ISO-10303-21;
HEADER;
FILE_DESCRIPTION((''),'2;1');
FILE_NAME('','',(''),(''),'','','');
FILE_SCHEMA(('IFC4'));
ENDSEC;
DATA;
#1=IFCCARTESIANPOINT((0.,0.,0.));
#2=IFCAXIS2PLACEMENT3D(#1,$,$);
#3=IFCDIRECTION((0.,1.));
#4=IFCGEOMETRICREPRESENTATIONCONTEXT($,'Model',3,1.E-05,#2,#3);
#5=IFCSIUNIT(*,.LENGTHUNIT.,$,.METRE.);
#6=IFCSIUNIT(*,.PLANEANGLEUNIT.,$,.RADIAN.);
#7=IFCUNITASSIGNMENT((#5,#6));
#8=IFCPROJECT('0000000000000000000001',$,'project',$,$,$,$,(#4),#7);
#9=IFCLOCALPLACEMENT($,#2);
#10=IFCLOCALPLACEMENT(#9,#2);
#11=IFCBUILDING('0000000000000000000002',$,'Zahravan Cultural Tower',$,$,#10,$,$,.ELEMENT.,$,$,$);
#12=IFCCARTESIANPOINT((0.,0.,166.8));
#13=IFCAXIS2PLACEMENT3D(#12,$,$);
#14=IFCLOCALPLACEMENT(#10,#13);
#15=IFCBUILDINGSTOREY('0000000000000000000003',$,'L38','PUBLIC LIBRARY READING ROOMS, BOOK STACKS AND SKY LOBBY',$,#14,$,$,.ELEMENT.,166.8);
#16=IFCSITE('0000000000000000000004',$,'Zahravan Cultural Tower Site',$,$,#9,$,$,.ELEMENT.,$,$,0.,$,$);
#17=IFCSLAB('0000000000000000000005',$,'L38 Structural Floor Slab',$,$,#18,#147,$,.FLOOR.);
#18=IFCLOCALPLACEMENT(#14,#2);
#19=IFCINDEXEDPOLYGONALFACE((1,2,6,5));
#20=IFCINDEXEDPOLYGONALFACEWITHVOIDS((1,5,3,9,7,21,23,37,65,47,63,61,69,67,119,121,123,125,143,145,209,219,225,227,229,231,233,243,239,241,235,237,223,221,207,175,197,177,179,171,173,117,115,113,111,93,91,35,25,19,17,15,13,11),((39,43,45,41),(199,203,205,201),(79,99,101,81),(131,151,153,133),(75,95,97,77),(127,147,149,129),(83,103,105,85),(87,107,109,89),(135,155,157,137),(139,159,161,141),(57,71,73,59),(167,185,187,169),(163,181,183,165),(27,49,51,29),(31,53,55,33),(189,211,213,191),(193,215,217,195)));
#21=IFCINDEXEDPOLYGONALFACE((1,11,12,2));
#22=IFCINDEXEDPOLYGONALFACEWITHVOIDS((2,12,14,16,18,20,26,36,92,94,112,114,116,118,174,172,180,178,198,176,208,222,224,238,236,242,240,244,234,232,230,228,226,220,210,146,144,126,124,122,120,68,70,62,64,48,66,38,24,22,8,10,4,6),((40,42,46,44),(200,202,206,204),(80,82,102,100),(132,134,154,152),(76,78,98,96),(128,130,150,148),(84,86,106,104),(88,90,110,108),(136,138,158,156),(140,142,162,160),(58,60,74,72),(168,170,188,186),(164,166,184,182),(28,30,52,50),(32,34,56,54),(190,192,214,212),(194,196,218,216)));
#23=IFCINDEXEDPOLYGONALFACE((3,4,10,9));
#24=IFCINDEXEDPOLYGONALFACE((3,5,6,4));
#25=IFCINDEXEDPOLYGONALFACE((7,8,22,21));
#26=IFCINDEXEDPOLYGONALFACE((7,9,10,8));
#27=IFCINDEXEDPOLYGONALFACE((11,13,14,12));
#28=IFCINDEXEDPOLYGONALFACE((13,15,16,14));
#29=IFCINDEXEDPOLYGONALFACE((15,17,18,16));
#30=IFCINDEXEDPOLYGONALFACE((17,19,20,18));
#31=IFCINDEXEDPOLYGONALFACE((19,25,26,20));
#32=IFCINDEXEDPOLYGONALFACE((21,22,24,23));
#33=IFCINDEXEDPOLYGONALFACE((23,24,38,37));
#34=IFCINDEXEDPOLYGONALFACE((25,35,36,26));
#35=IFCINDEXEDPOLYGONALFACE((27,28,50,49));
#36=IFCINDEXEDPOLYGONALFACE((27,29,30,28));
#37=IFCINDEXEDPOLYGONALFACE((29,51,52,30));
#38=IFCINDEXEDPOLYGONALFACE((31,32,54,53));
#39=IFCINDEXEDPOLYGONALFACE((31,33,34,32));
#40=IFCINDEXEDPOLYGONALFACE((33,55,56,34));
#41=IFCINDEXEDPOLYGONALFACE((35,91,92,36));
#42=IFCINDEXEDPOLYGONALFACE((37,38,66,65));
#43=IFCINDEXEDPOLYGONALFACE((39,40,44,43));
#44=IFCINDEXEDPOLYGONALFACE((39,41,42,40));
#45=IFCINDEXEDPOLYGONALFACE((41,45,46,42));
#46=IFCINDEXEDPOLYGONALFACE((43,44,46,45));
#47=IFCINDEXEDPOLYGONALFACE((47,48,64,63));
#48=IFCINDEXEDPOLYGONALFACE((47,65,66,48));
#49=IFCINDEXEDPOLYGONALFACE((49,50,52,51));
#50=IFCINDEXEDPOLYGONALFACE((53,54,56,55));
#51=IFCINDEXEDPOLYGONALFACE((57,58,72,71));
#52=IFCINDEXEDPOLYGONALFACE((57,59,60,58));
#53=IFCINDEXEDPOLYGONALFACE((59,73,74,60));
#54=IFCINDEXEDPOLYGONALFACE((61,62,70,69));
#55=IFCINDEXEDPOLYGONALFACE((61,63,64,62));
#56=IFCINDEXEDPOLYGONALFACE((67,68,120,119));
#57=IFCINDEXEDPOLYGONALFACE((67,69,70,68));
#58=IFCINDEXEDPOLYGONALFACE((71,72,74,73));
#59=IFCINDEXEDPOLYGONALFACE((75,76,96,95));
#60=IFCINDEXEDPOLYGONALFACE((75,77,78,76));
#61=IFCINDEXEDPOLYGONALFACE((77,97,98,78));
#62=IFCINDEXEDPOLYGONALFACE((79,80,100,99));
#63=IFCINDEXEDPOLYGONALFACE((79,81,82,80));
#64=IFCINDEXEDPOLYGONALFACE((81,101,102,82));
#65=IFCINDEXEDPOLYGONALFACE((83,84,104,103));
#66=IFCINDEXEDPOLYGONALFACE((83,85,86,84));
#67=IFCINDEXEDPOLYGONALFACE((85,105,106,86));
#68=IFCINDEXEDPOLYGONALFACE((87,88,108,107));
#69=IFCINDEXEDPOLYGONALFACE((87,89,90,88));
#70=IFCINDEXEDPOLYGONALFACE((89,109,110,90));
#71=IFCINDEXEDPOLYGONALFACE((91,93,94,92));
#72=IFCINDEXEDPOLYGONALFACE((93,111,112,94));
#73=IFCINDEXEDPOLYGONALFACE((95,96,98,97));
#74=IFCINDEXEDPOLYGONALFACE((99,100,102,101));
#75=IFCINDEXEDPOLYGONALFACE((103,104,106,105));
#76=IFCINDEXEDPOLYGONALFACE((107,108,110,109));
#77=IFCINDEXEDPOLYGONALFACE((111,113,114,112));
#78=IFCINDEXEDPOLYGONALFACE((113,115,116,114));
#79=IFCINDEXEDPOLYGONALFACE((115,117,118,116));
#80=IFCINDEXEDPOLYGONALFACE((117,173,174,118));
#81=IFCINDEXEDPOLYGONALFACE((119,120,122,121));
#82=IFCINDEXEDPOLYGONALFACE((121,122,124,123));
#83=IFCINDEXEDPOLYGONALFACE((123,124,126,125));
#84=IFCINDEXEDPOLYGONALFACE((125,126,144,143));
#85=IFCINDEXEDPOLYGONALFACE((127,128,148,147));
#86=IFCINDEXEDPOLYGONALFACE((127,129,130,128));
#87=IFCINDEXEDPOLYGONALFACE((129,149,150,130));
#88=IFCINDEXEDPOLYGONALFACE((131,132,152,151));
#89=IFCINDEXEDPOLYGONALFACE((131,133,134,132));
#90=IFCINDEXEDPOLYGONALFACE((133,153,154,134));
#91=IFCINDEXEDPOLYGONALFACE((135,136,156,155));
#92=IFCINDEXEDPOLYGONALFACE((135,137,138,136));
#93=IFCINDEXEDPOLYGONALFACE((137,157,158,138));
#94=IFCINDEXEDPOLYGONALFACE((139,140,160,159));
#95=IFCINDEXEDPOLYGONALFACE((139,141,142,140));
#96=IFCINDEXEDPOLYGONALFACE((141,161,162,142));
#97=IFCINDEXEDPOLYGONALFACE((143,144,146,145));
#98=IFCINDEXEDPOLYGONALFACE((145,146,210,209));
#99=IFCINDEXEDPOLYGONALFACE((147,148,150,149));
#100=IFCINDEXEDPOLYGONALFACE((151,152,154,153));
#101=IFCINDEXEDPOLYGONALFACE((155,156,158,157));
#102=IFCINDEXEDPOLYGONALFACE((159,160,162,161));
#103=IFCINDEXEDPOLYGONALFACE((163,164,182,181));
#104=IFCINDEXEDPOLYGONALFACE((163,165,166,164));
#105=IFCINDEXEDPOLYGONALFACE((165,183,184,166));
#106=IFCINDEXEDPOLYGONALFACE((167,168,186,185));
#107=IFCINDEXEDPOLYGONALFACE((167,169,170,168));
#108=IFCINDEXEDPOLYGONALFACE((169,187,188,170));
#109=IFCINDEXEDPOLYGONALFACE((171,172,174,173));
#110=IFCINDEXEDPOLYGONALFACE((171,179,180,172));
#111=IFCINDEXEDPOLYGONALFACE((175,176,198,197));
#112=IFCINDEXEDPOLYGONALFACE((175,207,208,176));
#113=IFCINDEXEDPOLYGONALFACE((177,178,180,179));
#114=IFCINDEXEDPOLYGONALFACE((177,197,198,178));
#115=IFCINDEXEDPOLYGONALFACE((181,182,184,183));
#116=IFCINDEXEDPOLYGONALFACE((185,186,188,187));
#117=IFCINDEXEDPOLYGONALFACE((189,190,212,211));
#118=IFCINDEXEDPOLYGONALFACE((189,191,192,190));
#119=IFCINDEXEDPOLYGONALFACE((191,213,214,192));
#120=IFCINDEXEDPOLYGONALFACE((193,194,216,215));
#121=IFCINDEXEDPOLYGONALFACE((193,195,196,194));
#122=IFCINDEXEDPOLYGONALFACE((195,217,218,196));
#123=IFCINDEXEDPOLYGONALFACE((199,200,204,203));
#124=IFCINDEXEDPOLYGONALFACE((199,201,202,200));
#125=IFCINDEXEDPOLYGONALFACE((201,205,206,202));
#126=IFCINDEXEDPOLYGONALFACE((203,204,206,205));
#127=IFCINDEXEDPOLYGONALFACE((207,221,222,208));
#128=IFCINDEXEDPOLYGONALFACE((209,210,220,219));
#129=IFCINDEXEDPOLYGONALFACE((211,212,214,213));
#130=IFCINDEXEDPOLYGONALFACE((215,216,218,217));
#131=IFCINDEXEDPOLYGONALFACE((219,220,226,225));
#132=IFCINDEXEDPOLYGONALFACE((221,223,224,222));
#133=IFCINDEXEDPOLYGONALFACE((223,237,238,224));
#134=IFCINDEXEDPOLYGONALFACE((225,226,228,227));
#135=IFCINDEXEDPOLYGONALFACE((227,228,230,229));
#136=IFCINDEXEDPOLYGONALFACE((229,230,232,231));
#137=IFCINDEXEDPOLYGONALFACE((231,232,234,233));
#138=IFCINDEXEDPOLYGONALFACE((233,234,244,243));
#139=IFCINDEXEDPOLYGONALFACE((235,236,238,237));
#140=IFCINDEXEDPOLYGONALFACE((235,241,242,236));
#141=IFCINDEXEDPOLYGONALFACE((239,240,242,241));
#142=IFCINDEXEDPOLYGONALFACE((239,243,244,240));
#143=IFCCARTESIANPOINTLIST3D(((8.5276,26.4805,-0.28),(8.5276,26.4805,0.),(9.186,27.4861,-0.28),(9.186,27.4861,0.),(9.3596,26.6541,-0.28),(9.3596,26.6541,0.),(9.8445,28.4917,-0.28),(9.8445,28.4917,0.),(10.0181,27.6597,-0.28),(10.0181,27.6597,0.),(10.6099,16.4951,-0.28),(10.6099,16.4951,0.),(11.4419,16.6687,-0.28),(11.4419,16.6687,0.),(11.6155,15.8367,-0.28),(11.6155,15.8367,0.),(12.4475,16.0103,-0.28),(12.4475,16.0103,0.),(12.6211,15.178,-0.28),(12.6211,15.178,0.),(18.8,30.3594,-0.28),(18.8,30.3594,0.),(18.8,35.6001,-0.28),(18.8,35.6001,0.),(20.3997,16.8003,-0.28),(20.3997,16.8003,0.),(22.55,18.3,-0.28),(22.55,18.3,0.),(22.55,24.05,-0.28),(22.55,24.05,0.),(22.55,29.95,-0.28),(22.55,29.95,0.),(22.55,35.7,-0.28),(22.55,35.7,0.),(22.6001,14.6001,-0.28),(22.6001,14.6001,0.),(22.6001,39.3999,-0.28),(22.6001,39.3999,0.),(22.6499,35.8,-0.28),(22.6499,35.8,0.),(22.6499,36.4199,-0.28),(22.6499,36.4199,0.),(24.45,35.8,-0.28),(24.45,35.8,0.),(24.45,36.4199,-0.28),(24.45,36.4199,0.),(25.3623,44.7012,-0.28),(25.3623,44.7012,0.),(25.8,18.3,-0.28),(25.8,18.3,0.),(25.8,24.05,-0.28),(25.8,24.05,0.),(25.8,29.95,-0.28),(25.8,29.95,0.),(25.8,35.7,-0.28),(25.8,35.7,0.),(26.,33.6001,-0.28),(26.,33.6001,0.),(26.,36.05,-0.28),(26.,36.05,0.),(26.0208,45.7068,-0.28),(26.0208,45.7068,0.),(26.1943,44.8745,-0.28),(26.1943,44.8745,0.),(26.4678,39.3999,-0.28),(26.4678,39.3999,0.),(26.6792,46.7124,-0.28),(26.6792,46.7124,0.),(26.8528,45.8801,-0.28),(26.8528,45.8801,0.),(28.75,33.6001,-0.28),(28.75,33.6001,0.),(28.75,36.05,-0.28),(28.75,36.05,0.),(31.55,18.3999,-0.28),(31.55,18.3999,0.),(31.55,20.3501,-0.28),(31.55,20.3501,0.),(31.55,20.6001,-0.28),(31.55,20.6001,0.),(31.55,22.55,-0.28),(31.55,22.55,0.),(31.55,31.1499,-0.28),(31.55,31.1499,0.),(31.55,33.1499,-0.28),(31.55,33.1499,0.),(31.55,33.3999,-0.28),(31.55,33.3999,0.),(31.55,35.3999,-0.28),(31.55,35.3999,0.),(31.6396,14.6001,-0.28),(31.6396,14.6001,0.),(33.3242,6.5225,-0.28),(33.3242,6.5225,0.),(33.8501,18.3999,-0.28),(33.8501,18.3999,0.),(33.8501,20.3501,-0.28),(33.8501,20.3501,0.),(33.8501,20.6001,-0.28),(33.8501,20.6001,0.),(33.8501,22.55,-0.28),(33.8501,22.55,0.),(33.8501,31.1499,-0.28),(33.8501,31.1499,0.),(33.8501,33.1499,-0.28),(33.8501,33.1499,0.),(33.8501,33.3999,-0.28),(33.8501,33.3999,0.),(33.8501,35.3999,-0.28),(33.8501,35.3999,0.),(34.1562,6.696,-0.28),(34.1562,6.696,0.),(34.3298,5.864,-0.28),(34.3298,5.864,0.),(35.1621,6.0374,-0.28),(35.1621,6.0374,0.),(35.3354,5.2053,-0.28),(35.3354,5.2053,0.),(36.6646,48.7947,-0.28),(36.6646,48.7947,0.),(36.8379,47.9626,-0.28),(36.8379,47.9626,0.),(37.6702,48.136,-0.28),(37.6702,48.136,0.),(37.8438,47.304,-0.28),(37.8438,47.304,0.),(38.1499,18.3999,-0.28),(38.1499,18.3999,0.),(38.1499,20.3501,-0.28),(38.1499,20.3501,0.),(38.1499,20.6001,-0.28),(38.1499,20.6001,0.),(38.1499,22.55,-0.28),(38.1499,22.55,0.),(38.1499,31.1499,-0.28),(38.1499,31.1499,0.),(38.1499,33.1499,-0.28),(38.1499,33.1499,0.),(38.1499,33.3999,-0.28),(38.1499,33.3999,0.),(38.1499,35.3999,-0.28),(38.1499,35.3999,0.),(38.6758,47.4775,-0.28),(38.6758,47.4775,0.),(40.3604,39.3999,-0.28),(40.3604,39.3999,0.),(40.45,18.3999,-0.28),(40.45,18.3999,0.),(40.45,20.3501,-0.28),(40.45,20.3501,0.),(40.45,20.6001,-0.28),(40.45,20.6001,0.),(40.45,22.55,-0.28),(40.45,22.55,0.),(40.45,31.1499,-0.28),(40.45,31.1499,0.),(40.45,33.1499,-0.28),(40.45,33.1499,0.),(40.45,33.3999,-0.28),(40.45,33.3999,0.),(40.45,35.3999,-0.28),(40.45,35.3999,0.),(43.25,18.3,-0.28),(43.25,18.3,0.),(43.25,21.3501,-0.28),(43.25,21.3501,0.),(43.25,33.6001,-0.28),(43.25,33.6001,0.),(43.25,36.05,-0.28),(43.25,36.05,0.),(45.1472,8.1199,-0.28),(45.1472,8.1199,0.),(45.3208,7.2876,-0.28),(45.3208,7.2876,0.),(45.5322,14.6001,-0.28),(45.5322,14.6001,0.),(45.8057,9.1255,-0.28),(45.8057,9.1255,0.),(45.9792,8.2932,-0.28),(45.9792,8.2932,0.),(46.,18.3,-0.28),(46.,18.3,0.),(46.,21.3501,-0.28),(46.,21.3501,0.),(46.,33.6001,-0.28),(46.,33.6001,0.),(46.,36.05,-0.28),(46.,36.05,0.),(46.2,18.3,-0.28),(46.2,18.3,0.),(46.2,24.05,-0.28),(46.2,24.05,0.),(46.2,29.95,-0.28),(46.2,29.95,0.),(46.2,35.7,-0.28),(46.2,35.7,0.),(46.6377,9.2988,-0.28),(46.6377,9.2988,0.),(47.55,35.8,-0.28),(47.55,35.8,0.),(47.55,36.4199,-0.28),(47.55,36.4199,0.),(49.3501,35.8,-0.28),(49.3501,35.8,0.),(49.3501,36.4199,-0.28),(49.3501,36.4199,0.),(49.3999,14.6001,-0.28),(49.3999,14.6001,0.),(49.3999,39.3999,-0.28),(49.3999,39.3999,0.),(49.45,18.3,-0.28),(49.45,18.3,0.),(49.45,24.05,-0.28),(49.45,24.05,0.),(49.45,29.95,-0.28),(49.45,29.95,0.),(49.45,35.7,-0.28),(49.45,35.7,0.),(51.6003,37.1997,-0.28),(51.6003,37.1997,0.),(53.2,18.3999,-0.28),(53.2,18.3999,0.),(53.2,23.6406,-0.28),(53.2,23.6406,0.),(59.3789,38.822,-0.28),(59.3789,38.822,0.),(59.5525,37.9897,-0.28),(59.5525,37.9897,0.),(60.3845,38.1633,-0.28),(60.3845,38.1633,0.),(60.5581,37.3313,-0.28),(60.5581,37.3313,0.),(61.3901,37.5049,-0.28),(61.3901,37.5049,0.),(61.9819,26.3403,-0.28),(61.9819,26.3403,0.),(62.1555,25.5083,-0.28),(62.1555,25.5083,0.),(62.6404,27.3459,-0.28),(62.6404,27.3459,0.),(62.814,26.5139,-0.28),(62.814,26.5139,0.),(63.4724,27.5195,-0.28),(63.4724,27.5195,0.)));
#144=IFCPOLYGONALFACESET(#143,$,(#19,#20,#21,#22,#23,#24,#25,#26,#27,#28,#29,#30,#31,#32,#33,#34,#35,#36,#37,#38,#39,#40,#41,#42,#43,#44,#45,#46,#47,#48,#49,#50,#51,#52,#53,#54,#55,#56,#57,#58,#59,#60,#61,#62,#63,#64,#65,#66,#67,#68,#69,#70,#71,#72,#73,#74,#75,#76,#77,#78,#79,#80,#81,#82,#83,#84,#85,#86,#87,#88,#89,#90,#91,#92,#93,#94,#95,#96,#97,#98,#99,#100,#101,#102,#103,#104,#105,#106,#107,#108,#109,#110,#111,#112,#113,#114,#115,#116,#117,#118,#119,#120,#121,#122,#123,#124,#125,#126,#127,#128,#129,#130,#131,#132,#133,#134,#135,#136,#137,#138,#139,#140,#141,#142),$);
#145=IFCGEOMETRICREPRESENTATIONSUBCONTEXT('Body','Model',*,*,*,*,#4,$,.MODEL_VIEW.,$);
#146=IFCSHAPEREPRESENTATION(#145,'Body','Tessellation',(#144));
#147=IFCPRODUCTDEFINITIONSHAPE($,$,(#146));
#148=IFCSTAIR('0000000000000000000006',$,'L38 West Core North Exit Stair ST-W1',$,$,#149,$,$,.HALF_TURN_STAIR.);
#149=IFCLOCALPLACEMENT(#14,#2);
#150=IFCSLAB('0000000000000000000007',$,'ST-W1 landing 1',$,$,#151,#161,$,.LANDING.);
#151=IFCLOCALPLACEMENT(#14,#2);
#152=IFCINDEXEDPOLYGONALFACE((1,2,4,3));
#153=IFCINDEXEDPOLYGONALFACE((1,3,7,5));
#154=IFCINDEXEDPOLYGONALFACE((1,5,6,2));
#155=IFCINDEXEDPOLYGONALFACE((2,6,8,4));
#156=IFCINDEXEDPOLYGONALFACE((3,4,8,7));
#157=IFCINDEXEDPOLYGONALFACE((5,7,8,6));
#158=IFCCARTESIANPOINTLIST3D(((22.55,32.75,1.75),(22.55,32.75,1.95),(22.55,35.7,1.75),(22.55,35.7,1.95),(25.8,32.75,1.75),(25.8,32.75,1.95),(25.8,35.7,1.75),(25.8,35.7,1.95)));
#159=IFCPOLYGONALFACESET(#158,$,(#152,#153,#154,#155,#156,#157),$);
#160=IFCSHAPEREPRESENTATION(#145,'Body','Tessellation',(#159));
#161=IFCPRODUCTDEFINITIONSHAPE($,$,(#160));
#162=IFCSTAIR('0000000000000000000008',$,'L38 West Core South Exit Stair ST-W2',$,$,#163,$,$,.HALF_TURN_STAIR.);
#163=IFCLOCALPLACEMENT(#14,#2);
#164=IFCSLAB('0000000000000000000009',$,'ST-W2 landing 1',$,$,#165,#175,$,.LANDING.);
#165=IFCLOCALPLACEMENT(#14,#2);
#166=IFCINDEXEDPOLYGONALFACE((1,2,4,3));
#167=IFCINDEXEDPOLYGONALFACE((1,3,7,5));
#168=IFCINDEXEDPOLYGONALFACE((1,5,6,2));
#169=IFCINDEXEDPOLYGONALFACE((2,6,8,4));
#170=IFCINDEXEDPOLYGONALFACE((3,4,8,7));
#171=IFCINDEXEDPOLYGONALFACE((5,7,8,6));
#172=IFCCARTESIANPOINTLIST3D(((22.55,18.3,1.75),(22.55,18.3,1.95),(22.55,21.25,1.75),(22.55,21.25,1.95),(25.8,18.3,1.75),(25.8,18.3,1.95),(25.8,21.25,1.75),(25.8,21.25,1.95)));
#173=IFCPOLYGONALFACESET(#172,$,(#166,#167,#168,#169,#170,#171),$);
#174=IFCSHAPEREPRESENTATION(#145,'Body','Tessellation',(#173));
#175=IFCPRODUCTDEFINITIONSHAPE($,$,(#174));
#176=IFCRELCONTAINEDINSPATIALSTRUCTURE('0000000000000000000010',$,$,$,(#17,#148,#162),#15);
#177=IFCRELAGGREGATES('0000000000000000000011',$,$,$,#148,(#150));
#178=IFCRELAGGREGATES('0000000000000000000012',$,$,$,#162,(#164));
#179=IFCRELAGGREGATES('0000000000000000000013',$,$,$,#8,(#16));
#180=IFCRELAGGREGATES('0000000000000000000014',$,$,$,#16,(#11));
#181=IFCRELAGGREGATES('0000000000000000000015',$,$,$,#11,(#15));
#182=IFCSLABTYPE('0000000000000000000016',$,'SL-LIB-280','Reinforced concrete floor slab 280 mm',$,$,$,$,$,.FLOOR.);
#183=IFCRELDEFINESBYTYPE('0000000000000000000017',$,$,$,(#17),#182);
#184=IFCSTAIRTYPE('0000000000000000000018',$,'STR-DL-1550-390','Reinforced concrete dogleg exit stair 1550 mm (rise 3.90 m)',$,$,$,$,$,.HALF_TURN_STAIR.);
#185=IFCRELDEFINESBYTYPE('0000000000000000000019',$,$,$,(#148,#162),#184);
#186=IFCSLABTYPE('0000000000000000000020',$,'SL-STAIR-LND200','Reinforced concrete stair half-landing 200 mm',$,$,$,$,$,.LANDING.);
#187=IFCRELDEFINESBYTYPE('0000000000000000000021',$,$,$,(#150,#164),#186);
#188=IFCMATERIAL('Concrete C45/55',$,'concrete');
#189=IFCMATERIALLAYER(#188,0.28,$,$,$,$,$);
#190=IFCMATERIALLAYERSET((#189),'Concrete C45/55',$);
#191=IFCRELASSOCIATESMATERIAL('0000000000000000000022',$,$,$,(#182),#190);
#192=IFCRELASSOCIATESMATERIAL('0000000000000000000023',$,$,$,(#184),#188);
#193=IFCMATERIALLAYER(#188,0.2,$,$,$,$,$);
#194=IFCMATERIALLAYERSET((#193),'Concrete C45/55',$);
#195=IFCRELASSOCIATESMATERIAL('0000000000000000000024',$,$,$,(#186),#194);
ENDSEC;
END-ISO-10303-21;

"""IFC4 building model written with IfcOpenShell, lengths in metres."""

from ifc_helpers import new_model, si_unit, direction, frame, origin, place, context, subcontext, project, spatial, polyline, outline, extrude, material, layer, layer_set, type_object, element, aggregate, save


model = new_model("IFC4")

# Units and contexts
model_context = context("Model", 3, precision=1e-05, world=origin(), true_north=direction((0.0, 1.0)))
body_context = subcontext(model_context, "Body", "Model", "MODEL_VIEW")
ifc_project = project(units=[si_unit("LENGTHUNIT", "METRE"), si_unit("PLANEANGLEUNIT", "RADIAN")], contexts=[model_context])

# Site, building, storey
site_placement = place(None, origin())
site = spatial("IfcSite", under=ifc_project, at=site_placement, Name="Zahravan Cultural Tower Site", CompositionType="ELEMENT", RefElevation=0.0)
building_placement = place(site_placement, origin())
building = spatial("IfcBuilding", under=site, at=building_placement, Name="Zahravan Cultural Tower", CompositionType="ELEMENT")
storey_placement = place(building_placement, frame((0.0, 0.0, 166.8)))
storey = spatial("IfcBuildingStorey", under=building, at=storey_placement, Name="L38", Description="PUBLIC LIBRARY READING ROOMS, BOOK STACKS AND SKY LOBBY", CompositionType="ELEMENT", Elevation=166.8)

# Slab
ifc_material_1 = material(Name="Concrete C45/55", Category="concrete")
ifc_layer_1 = layer(ifc_material_1, 0.28)
ifc_layer_set_1 = layer_set([ifc_layer_1], Name="Concrete C45/55")
slab_type_1 = type_object("IfcSlabType", Name="SL-LIB-280", Description="Reinforced concrete floor slab 280 mm", PredefinedType="FLOOR", material=ifc_layer_set_1)
slab_1_placement = place(storey_placement, frame((0.0, 0.0, -0.28)))
element("IfcSlab", 1, at=slab_1_placement, inside=storey, type_object=slab_type_1, Name="L38 Structural Floor Slab", PredefinedType="FLOOR", context=body_context, shape_type="SweptSolid", body=[
    extrude(outline(polyline([(51.6003, 37.1997), (49.3999, 39.3999), (40.3604, 39.3999), (38.6758, 47.4775), (37.8438, 47.304), (37.6702, 48.136), (36.8379, 47.9626), (36.6646, 48.7947), (26.6792, 46.7124), (26.8528, 45.8801), (26.0208, 45.7068), (26.1943, 44.8745), (25.3623, 44.7012), (26.4678, 39.3999), (22.6001, 39.3999), (18.8, 35.6001), (18.8, 30.3594), (9.8445, 28.4917), (10.0181, 27.6597), (9.186, 27.4861), (9.3596, 26.6541), (8.5276, 26.4805), (10.6099, 16.4951), (11.4419, 16.6687), (11.6155, 15.8367), (12.4475, 16.0103), (12.6211, 15.178), (20.3997, 16.8003), (22.6001, 14.6001), (31.6396, 14.6001), (33.3242, 6.5225), (34.1562, 6.696), (34.3298, 5.864), (35.1621, 6.0374), (35.3354, 5.2053), (45.3208, 7.2876), (45.1472, 8.1199), (45.9792, 8.2932), (45.8057, 9.1255), (46.6377, 9.2988), (45.5322, 14.6001), (49.3999, 14.6001), (53.2, 18.3999), (53.2, 23.6406), (62.1555, 25.5083), (61.9819, 26.3403), (62.814, 26.5139), (62.6404, 27.3459), (63.4724, 27.5195), (61.3901, 37.5049), (60.5581, 37.3313), (60.3845, 38.1633), (59.5525, 37.9897), (59.3789, 38.822), (51.6003, 37.1997)]), holes=[polyline([(22.55, 29.95), (22.55, 35.7), (25.8, 35.7), (25.8, 29.95), (22.55, 29.95)]), polyline([(22.55, 18.3), (22.55, 24.05), (25.8, 24.05), (25.8, 18.3), (22.55, 18.3)]), polyline([(46.2, 29.95), (46.2, 35.7), (49.45, 35.7), (49.45, 29.95), (46.2, 29.95)]), polyline([(46.2, 18.3), (46.2, 24.05), (49.45, 24.05), (49.45, 18.3), (46.2, 18.3)]), polyline([(26.0, 33.6001), (26.0, 36.05), (28.75, 36.05), (28.75, 33.6001), (26.0, 33.6001)]), polyline([(43.25, 33.6001), (43.25, 36.05), (46.0, 36.05), (46.0, 33.6001), (43.25, 33.6001)]), polyline([(43.25, 18.3), (43.25, 21.3501), (46.0, 21.3501), (46.0, 18.3), (43.25, 18.3)]), polyline([(31.55, 33.3999), (31.55, 35.3999), (33.8501, 35.3999), (33.8501, 33.3999), (31.55, 33.3999)]), polyline([(31.55, 31.1499), (31.55, 33.1499), (33.8501, 33.1499), (33.8501, 31.1499), (31.55, 31.1499)]), polyline([(38.1499, 33.3999), (38.1499, 35.3999), (40.45, 35.3999), (40.45, 33.3999), (38.1499, 33.3999)]), polyline([(38.1499, 31.1499), (38.1499, 33.1499), (40.45, 33.1499), (40.45, 31.1499), (38.1499, 31.1499)]), polyline([(31.55, 20.6001), (31.55, 22.55), (33.8501, 22.55), (33.8501, 20.6001), (31.55, 20.6001)]), polyline([(31.55, 18.3999), (31.55, 20.3501), (33.8501, 20.3501), (33.8501, 18.3999), (31.55, 18.3999)]), polyline([(38.1499, 20.6001), (38.1499, 22.55), (40.45, 22.55), (40.45, 20.6001), (38.1499, 20.6001)]), polyline([(38.1499, 18.3999), (38.1499, 20.3501), (40.45, 20.3501), (40.45, 18.3999), (38.1499, 18.3999)]), polyline([(22.6499, 35.8), (22.6499, 36.4199), (24.45, 36.4199), (24.45, 35.8), (22.6499, 35.8)]), polyline([(47.55, 35.8), (47.55, 36.4199), (49.3501, 36.4199), (49.3501, 35.8), (47.55, 35.8)])]), origin(), (0.0, 0.0, 1.0), 0.28),
])

# Stairs, slabs
stair_type = type_object("IfcStairType", Name="STR-DL-1550-390", Description="Reinforced concrete dogleg exit stair 1550 mm (rise 3.90 m)", PredefinedType="HALF_TURN_STAIR", material=ifc_material_1)
stair_1_placement = place(storey_placement, origin())
stair_1 = element("IfcStair", 2, at=stair_1_placement, inside=storey, type_object=stair_type, Name="L38 West Core North Exit Stair ST-W1", PredefinedType="HALF_TURN_STAIR")
ifc_layer_2 = layer(ifc_material_1, 0.2)
ifc_layer_set_2 = layer_set([ifc_layer_2], Name="Concrete C45/55")
slab_type_2 = type_object("IfcSlabType", Name="SL-STAIR-LND200", Description="Reinforced concrete stair half-landing 200 mm", PredefinedType="LANDING", material=ifc_layer_set_2)
slab_2_placement = place(storey_placement, frame((0.0, 0.0, 1.75)))
slab_2 = element("IfcSlab", 3, at=slab_2_placement, type_object=slab_type_2, Name="ST-W1 landing 1", PredefinedType="LANDING", context=body_context, shape_type="SweptSolid", body=[
    extrude(outline(polyline([(25.8, 32.75), (25.8, 35.7), (22.55, 35.7), (22.55, 32.75), (25.8, 32.75)])), origin(), (0.0, 0.0, 1.0), 0.2),
])
aggregate(stair_1, [slab_2])
stair_2_placement = place(storey_placement, origin())
stair_2 = element("IfcStair", 4, at=stair_2_placement, inside=storey, type_object=stair_type, Name="L38 West Core South Exit Stair ST-W2", PredefinedType="HALF_TURN_STAIR")
slab_3_placement = place(storey_placement, frame((0.0, 0.0, 1.75)))
slab_3 = element("IfcSlab", 5, at=slab_3_placement, type_object=slab_type_2, Name="ST-W2 landing 1", PredefinedType="LANDING", context=body_context, shape_type="SweptSolid", body=[
    extrude(outline(polyline([(22.55, 21.25), (22.55, 18.3), (25.8, 18.3), (25.8, 21.25), (22.55, 21.25)])), origin(), (0.0, 0.0, 1.0), 0.2),
])
aggregate(stair_2, [slab_3])

save(model, "model.ifc")
